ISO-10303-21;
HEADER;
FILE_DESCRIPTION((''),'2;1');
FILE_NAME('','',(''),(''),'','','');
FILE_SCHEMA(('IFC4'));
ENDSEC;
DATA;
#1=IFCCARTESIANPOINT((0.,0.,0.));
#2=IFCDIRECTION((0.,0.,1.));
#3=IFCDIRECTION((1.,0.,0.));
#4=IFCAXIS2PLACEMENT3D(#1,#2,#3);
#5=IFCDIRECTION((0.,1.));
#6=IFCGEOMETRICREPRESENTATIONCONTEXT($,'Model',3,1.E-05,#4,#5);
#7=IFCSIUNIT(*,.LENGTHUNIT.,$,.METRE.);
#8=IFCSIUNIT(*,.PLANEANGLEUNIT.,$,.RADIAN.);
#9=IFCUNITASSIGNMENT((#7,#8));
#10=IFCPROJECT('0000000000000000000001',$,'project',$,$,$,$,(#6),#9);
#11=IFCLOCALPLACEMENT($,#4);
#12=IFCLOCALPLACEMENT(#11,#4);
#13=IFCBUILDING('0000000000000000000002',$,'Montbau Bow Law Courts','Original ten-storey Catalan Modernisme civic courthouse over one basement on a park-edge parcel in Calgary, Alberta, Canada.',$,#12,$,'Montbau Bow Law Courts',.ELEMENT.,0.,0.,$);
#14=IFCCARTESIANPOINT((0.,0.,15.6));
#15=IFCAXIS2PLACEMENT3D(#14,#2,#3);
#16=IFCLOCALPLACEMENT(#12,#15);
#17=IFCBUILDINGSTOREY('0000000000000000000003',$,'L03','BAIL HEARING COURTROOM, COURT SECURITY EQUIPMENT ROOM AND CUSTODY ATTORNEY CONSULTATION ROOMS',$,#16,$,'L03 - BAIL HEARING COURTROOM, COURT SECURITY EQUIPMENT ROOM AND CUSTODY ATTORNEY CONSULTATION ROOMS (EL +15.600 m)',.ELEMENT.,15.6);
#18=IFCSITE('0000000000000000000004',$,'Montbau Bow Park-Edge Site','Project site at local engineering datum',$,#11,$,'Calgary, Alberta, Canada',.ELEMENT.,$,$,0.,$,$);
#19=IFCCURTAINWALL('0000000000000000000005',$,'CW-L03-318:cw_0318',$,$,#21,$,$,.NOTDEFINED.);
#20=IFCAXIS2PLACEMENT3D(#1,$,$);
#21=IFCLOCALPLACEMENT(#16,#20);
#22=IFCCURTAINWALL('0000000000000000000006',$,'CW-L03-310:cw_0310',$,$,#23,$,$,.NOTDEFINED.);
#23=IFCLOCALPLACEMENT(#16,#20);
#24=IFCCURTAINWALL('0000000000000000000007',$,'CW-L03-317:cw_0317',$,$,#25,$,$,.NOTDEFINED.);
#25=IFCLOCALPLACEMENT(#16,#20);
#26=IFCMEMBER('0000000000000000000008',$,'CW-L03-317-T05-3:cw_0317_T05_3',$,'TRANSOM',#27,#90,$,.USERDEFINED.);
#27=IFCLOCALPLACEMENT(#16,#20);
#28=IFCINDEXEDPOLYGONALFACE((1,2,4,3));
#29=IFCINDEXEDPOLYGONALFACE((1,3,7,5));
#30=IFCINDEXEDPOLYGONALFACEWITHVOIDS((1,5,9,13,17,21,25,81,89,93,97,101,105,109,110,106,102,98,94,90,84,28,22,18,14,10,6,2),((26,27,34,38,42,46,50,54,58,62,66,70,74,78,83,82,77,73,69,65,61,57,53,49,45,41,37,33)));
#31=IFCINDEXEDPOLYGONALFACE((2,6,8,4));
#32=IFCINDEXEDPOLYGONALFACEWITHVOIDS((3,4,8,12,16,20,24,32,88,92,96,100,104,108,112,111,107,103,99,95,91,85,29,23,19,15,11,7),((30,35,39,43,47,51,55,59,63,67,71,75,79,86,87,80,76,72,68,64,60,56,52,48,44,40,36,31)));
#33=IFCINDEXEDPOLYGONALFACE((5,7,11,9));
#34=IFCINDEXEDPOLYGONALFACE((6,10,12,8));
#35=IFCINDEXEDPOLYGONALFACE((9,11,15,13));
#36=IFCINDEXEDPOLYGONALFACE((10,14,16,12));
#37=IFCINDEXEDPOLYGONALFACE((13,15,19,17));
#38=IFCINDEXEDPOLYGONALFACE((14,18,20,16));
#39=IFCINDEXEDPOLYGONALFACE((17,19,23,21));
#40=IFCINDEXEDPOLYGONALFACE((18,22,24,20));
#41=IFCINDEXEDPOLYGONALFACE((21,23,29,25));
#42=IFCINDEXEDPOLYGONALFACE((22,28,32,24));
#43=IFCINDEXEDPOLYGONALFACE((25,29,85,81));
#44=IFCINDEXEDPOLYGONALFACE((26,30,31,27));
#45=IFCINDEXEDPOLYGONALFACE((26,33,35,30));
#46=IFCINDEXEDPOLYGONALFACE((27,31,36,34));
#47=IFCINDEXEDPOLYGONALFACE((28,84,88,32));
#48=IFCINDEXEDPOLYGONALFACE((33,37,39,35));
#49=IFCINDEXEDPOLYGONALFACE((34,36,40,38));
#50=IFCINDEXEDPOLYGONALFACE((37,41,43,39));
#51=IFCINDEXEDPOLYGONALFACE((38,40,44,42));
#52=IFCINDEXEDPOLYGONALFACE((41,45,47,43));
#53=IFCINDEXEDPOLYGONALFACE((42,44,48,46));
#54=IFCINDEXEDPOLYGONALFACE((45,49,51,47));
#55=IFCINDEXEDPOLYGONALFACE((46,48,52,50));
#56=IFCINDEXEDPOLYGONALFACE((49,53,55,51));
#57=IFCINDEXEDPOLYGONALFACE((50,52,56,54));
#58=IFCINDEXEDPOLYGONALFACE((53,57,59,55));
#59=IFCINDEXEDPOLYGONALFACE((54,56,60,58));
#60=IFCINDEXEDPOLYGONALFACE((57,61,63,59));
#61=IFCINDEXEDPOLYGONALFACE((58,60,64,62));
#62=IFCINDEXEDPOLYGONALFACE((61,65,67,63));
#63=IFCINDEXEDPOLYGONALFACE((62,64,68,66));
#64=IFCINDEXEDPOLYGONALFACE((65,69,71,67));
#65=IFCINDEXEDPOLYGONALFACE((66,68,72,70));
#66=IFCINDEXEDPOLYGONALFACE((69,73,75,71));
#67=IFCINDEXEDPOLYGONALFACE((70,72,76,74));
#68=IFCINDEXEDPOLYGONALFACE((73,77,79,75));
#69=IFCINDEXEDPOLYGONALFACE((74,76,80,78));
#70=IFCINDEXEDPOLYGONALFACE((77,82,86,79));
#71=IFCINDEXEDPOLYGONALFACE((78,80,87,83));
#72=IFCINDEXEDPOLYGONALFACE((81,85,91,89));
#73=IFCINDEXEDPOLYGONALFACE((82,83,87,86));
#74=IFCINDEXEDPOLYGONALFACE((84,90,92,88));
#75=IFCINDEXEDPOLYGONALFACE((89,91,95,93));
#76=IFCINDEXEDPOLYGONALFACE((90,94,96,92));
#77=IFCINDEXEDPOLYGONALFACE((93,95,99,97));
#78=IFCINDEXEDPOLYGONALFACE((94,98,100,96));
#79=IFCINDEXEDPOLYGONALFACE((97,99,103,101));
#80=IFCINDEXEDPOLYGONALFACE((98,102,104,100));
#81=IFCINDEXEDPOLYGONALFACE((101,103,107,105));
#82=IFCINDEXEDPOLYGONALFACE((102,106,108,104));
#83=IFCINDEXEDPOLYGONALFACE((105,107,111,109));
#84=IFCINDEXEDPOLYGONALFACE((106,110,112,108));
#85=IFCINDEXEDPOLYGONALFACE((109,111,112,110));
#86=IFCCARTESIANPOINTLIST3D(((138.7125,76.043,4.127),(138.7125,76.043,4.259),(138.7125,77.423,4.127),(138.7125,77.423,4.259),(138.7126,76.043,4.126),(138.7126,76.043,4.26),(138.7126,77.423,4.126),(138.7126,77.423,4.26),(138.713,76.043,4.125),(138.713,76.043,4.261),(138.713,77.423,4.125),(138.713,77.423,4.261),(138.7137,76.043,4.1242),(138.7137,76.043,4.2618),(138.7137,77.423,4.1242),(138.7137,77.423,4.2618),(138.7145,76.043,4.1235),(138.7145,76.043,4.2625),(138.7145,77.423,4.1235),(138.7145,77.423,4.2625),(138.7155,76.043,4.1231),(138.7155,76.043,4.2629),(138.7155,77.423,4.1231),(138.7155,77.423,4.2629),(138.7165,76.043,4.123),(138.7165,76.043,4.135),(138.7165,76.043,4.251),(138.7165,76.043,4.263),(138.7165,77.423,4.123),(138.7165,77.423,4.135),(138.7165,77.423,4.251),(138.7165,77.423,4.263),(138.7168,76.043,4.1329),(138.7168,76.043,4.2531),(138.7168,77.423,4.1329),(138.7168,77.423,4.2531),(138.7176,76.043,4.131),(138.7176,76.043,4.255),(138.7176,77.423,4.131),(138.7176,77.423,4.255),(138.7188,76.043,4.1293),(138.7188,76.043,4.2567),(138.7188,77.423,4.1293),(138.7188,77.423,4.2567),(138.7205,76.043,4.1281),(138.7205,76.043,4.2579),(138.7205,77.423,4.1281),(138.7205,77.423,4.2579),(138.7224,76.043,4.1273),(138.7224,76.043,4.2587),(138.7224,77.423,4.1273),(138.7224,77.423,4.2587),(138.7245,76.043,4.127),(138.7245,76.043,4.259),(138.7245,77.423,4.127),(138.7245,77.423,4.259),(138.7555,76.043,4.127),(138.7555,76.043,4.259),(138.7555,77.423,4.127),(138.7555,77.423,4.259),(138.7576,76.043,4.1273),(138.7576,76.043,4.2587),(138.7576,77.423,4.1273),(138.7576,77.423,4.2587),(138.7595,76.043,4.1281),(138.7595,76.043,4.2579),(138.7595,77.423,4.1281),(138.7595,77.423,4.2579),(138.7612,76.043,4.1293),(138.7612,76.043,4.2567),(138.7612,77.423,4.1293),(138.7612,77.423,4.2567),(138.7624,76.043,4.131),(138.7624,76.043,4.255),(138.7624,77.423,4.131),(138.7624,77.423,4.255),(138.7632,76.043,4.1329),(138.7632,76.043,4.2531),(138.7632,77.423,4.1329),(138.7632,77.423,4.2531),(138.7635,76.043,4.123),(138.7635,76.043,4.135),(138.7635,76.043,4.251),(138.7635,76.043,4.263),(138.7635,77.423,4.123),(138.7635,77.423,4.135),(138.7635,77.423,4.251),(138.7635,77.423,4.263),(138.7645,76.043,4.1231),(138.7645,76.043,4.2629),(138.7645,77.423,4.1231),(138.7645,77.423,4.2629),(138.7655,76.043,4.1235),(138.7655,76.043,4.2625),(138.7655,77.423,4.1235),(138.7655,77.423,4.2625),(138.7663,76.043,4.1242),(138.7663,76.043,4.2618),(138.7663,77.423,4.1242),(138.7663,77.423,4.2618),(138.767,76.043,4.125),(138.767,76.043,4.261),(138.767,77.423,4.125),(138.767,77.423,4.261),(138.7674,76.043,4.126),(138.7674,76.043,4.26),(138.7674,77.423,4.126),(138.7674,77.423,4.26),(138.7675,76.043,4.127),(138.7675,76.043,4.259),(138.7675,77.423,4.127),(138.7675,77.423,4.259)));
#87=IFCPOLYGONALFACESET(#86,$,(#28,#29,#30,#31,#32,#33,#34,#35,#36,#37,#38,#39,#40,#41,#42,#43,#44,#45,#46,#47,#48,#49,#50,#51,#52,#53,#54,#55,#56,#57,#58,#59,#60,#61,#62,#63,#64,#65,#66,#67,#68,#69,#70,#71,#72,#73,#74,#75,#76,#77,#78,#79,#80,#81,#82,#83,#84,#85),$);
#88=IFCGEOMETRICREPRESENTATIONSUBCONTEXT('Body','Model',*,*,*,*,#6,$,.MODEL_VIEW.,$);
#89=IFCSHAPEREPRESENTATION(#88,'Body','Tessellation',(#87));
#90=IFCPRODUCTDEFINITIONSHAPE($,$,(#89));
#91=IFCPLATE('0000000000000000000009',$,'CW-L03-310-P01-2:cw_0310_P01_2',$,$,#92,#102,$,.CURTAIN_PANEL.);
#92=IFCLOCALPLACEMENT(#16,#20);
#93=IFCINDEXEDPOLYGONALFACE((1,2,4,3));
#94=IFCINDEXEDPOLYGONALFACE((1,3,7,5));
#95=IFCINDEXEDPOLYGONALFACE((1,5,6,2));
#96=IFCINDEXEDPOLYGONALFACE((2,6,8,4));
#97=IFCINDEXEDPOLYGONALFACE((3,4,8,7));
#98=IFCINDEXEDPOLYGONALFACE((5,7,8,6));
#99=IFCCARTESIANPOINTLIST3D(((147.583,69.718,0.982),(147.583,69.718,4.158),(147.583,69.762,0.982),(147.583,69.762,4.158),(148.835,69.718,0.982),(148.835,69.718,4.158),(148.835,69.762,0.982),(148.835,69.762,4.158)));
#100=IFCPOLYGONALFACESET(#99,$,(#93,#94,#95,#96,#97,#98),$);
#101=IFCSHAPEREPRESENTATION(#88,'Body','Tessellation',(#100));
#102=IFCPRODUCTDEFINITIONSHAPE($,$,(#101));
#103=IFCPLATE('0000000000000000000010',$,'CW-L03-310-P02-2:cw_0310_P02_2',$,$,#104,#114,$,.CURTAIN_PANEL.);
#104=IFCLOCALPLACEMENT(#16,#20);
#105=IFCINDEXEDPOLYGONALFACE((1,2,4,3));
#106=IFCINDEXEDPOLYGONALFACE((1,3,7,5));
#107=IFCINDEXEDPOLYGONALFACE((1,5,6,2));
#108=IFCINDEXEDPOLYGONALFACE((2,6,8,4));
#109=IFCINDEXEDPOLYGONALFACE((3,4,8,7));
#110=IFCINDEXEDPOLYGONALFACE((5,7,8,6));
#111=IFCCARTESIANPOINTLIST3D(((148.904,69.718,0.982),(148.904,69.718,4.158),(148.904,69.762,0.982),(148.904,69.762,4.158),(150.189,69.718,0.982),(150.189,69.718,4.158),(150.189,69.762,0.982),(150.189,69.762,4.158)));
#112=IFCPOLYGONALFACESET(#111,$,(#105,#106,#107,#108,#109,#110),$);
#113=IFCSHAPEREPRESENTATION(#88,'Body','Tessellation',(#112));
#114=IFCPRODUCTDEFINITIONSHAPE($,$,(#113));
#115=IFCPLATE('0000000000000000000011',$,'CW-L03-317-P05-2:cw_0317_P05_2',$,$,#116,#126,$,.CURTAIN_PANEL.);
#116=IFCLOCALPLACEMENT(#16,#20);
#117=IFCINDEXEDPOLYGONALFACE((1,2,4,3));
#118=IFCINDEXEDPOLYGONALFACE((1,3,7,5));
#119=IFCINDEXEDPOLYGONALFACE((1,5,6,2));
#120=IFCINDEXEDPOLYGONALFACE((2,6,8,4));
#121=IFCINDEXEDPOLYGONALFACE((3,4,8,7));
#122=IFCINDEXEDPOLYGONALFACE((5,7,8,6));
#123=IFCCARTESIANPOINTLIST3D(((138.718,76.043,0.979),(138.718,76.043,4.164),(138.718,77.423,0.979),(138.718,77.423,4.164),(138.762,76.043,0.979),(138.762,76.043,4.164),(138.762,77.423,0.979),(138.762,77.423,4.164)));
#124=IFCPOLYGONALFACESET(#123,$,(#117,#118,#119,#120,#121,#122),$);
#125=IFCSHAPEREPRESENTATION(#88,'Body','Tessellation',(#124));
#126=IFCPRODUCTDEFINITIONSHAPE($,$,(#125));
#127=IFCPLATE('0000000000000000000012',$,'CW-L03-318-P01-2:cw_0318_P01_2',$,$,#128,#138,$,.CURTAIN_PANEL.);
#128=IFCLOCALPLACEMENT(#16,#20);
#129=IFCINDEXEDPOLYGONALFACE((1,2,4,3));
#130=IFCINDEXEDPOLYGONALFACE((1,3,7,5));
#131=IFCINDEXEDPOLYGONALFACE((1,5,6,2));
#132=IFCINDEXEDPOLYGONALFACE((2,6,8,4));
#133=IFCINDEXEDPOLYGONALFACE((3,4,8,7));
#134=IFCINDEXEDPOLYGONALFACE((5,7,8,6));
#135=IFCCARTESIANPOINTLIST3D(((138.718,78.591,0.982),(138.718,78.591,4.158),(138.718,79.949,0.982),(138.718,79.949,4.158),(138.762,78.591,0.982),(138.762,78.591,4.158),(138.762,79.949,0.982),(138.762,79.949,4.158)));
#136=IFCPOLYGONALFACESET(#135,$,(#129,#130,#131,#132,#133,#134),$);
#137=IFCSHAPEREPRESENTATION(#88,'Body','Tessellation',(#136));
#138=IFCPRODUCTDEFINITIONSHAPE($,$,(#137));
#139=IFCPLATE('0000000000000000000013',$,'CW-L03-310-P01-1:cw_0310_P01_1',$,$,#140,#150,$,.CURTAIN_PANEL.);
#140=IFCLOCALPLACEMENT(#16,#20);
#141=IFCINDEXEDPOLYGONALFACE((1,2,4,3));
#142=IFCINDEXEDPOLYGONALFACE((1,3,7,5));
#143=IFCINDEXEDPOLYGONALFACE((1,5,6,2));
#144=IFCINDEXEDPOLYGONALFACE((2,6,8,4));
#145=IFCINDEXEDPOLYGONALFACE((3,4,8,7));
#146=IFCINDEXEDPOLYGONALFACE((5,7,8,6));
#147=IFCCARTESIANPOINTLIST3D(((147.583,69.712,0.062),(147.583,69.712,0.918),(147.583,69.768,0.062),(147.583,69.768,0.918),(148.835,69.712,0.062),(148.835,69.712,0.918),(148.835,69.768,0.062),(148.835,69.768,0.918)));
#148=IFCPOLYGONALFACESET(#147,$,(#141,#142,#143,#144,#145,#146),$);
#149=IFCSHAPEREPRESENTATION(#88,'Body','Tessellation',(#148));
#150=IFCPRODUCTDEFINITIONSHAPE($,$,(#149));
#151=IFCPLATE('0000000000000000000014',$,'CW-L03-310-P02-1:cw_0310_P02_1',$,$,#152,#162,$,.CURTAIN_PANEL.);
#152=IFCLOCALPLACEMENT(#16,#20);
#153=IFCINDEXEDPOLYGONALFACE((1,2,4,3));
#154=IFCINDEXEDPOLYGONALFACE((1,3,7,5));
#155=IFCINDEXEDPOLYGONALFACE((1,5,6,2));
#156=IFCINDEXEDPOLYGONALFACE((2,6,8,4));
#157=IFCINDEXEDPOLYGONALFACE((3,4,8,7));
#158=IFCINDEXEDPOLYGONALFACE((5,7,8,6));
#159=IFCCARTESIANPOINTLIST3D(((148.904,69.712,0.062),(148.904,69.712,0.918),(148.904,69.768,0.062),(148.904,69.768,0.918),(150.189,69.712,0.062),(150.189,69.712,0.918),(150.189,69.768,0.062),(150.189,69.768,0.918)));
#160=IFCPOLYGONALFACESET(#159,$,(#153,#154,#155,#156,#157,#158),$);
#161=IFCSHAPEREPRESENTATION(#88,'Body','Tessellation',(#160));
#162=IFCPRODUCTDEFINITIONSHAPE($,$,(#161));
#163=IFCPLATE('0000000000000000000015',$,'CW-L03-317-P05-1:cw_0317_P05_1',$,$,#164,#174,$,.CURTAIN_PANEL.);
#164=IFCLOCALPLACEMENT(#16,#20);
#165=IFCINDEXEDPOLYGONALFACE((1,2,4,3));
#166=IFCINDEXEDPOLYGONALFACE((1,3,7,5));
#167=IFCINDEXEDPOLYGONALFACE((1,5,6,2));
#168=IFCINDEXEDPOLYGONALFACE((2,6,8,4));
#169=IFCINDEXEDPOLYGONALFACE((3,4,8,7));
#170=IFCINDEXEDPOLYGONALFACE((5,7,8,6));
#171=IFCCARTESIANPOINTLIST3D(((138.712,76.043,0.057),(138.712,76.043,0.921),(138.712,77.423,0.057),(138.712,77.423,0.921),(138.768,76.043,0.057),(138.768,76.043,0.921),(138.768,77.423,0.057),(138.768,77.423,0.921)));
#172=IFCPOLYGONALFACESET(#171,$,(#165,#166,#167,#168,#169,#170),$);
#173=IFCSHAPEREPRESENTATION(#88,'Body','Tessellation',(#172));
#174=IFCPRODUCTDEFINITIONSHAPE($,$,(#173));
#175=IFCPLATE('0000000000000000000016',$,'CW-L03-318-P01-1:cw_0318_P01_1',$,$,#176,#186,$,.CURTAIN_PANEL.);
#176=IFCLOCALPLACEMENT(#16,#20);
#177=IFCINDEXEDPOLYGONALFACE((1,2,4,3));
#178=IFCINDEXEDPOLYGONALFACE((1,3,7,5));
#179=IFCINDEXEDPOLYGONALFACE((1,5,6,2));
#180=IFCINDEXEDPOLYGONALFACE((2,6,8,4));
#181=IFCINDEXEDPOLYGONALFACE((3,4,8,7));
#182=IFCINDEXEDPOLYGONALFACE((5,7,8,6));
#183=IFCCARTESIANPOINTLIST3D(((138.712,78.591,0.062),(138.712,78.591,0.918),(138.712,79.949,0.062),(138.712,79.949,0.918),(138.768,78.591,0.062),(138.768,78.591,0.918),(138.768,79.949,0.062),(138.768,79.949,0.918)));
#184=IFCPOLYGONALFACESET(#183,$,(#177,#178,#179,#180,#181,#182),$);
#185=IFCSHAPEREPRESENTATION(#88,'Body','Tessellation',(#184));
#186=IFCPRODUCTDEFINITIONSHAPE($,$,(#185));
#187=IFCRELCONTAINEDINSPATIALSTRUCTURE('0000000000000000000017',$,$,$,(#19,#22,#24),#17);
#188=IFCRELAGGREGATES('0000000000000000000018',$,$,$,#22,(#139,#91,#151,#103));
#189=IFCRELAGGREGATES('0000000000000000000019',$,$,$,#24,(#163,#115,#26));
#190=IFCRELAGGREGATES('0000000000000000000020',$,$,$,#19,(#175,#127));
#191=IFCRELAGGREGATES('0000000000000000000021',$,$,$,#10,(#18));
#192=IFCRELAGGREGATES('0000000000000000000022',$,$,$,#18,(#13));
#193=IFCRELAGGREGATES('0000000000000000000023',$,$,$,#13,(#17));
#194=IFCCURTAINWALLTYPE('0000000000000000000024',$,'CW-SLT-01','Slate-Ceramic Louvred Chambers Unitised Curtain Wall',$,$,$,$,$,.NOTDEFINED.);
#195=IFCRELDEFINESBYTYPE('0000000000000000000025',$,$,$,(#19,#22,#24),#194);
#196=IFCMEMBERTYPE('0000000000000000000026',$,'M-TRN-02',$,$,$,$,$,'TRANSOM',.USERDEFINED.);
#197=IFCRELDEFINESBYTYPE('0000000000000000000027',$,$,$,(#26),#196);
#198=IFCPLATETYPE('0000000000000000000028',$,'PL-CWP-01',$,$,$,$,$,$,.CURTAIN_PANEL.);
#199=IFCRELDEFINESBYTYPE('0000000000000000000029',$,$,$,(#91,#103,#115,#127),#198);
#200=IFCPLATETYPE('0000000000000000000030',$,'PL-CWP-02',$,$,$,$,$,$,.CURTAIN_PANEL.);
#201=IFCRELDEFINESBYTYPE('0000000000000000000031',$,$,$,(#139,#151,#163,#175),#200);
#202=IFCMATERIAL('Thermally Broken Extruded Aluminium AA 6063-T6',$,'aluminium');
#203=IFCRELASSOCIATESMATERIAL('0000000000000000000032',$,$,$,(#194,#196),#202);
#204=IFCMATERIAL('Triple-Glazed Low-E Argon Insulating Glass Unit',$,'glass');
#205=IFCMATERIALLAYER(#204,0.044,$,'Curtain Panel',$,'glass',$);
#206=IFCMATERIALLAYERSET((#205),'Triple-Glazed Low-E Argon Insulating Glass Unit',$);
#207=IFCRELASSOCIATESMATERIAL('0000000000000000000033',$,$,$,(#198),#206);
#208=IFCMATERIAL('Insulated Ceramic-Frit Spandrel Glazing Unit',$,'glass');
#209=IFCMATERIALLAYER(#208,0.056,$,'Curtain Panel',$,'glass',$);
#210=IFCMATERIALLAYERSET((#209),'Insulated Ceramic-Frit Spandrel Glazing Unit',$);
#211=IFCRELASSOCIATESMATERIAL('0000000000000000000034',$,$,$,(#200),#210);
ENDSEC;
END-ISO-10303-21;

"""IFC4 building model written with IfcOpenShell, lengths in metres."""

from ifc_helpers import new_model, si_unit, direction, frame, frame_2d, origin_with_axes, origin_2d_with_axis, place, context, subcontext, project, spatial, rectangle, hollow_rectangle, extrude, material, layer, layer_set, material_profile, profile_set, type_object, element, aggregate, save


model = new_model("IFC4")

# Units and contexts
model_context = context("Model", 3, precision=1e-05, world=origin_with_axes(), true_north=direction((0.0, 1.0)))
body_context = subcontext(model_context, "Body", "Model", "MODEL_VIEW")
ifc_project = project(units=[si_unit("LENGTHUNIT", "METRE"), si_unit("PLANEANGLEUNIT", "RADIAN")], contexts=[model_context])

# Site, building, storey
site_placement = place(None, origin_with_axes())
site = spatial("IfcSite", under=ifc_project, at=site_placement, Name="Montbau Bow Park-Edge Site", Description="Project site at local engineering datum", LongName="Calgary, Alberta, Canada", CompositionType="ELEMENT", RefElevation=0.0)
building_placement = place(site_placement, origin_with_axes())
building = spatial("IfcBuilding", under=site, at=building_placement, Name="Montbau Bow Law Courts", Description="Original ten-storey Catalan Modernisme civic courthouse over one basement on a park-edge parcel in Calgary, Alberta, Canada.", LongName="Montbau Bow Law Courts", CompositionType="ELEMENT", ElevationOfRefHeight=0.0, ElevationOfTerrain=0.0)
storey_placement = place(building_placement, frame((0.0, 0.0, 15.6), z_axis=(0.0, 0.0, 1.0), x_axis=(1.0, 0.0, 0.0)))
storey = spatial("IfcBuildingStorey", under=building, at=storey_placement, Name="L03", Description="BAIL HEARING COURTROOM, COURT SECURITY EQUIPMENT ROOM AND CUSTODY ATTORNEY CONSULTATION ROOMS", LongName="L03 - BAIL HEARING COURTROOM, COURT SECURITY EQUIPMENT ROOM AND CUSTODY ATTORNEY CONSULTATION ROOMS (EL +15.600 m)", CompositionType="ELEMENT", Elevation=15.6)

# Curtain wall
ifc_material_1 = material(Name="Thermally Broken Extruded Aluminium AA 6063-T6", Category="aluminium")
curtain_wall_type = type_object("IfcCurtainWallType", Name="CW-SLT-01", Description="Slate-Ceramic Louvred Chambers Unitised Curtain Wall", PredefinedType="NOTDEFINED", material=ifc_material_1)
curtain_wall_1_placement = place(None, frame((138.74, 78.515, 15.6), z_axis=(0.0, 0.0, 1.0), x_axis=(1.0, 0.0, 0.0)))
curtain_wall_1 = element("IfcCurtainWall", 1, at=curtain_wall_1_placement, inside=storey, type_object=curtain_wall_type, Name="CW-L03-318:cw_0318", PredefinedType="NOTDEFINED")

# Curtain walls
curtain_wall_2_placement = place(None, frame((147.515, 69.74, 15.6), z_axis=(0.0, 0.0, 1.0), x_axis=(1.0, 0.0, 0.0)))
curtain_wall_2 = element("IfcCurtainWall", 2, at=curtain_wall_2_placement, inside=storey, type_object=curtain_wall_type, Name="CW-L03-310:cw_0310", PredefinedType="NOTDEFINED")
curtain_wall_3_placement = place(None, frame((138.74, 70.115, 15.6), z_axis=(0.0, 0.0, 1.0), x_axis=(1.0, 0.0, 0.0)))
curtain_wall_3 = element("IfcCurtainWall", 3, at=curtain_wall_3_placement, inside=storey, type_object=curtain_wall_type, Name="CW-L03-317:cw_0317", PredefinedType="NOTDEFINED")

# Member
ifc_material_profile_1 = material_profile(ifc_material_1, hollow_rectangle(XDim=0.055, YDim=0.14, WallThickness=0.004, InnerFilletRadius=0.008, OuterFilletRadius=0.004, at=origin_2d_with_axis()), Name="CWT-140X55", Category="Main", Priority=0)
ifc_profile_set_1 = profile_set([ifc_material_profile_1], Name="Thermally Broken Extruded Aluminium AA 6063-T6")
member_type_1 = type_object("IfcMemberType", Name="M-TRN-02", ElementType="TRANSOM", PredefinedType="USERDEFINED", material=ifc_profile_set_1)
member_1_placement = place(None, frame((138.74, 76.043, 19.793), z_axis=(0.0, 1.0, 0.0), x_axis=(-1.0, 0.0, 0.0)))
member_1 = element("IfcMember", 4, at=member_1_placement, type_object=member_type_1, Name="CW-L03-317-T05-3:cw_0317_T05_3", ObjectType="TRANSOM", PredefinedType="USERDEFINED", context=body_context, shape_type="SweptSolid", body=[
    extrude(hollow_rectangle(XDim=0.055, YDim=0.14, WallThickness=0.004, InnerFilletRadius=0.008, OuterFilletRadius=0.004, at=origin_2d_with_axis()), origin_with_axes(), (0.0, 0.0, 1.0), 1.38),
])

# Plates
ifc_material_2 = material(Name="Triple-Glazed Low-E Argon Insulating Glass Unit", Category="glass")
ifc_layer_1 = layer(ifc_material_2, 0.044, Name="Curtain Panel", Category="glass")
ifc_layer_set_1 = layer_set([ifc_layer_1], Name="Triple-Glazed Low-E Argon Insulating Glass Unit")
plate_type_1 = type_object("IfcPlateType", Name="PL-CWP-01", PredefinedType="CURTAIN_PANEL", material=ifc_layer_set_1)
plate_1_placement = place(None, frame((147.583, 69.74, 16.582), z_axis=(0.0, -1.0, 0.0), x_axis=(1.0, 0.0, 0.0)))
plate_1 = element("IfcPlate", 5, at=plate_1_placement, type_object=plate_type_1, Name="CW-L03-310-P01-2:cw_0310_P01_2", PredefinedType="CURTAIN_PANEL", context=body_context, shape_type="SweptSolid", body=[
    extrude(rectangle(XDim=1.252, YDim=3.176, at=frame_2d((0.626, 1.588), x_axis=(1.0, 0.0))), frame((0.0, 0.0, -0.022), z_axis=(0.0, 0.0, 1.0), x_axis=(1.0, 0.0, 0.0)), (0.0, 0.0, 1.0), 0.044),
])
plate_2_placement = place(None, frame((148.904, 69.74, 16.582), z_axis=(0.0, -1.0, 0.0), x_axis=(1.0, 0.0, 0.0)))
plate_2 = element("IfcPlate", 6, at=plate_2_placement, type_object=plate_type_1, Name="CW-L03-310-P02-2:cw_0310_P02_2", PredefinedType="CURTAIN_PANEL", context=body_context, shape_type="SweptSolid", body=[
    extrude(rectangle(XDim=1.285, YDim=3.176, at=frame_2d((0.6425, 1.588), x_axis=(1.0, 0.0))), frame((0.0, 0.0, -0.022), z_axis=(0.0, 0.0, 1.0), x_axis=(1.0, 0.0, 0.0)), (0.0, 0.0, 1.0), 0.044),
])
plate_3_placement = place(None, frame((138.74, 76.043, 16.579), z_axis=(1.0, 0.0, 0.0), x_axis=(0.0, 1.0, 0.0)))
plate_3 = element("IfcPlate", 7, at=plate_3_placement, type_object=plate_type_1, Name="CW-L03-317-P05-2:cw_0317_P05_2", PredefinedType="CURTAIN_PANEL", context=body_context, shape_type="SweptSolid", body=[
    extrude(rectangle(XDim=1.38, YDim=3.185, at=frame_2d((0.69, 1.5925), x_axis=(1.0, 0.0))), frame((0.0, 0.0, -0.022), z_axis=(0.0, 0.0, 1.0), x_axis=(1.0, 0.0, 0.0)), (0.0, 0.0, 1.0), 0.044),
])
plate_4_placement = place(None, frame((138.74, 78.591, 16.582), z_axis=(1.0, 0.0, 0.0), x_axis=(0.0, 1.0, 0.0)))
plate_4 = element("IfcPlate", 8, at=plate_4_placement, type_object=plate_type_1, Name="CW-L03-318-P01-2:cw_0318_P01_2", PredefinedType="CURTAIN_PANEL", context=body_context, shape_type="SweptSolid", body=[
    extrude(rectangle(XDim=1.358, YDim=3.176, at=frame_2d((0.679, 1.588), x_axis=(1.0, 0.0))), frame((0.0, 0.0, -0.022), z_axis=(0.0, 0.0, 1.0), x_axis=(1.0, 0.0, 0.0)), (0.0, 0.0, 1.0), 0.044),
])
ifc_material_3 = material(Name="Insulated Ceramic-Frit Spandrel Glazing Unit", Category="glass")
ifc_layer_2 = layer(ifc_material_3, 0.056, Name="Curtain Panel", Category="glass")
ifc_layer_set_2 = layer_set([ifc_layer_2], Name="Insulated Ceramic-Frit Spandrel Glazing Unit")
plate_type_2 = type_object("IfcPlateType", Name="PL-CWP-02", PredefinedType="CURTAIN_PANEL", material=ifc_layer_set_2)
plate_5_placement = place(None, frame((147.583, 69.74, 15.662), z_axis=(0.0, -1.0, 0.0), x_axis=(1.0, 0.0, 0.0)))
plate_5 = element("IfcPlate", 9, at=plate_5_placement, type_object=plate_type_2, Name="CW-L03-310-P01-1:cw_0310_P01_1", PredefinedType="CURTAIN_PANEL", context=body_context, shape_type="SweptSolid", body=[
    extrude(rectangle(XDim=1.252, YDim=0.856, at=frame_2d((0.626, 0.428), x_axis=(1.0, 0.0))), frame((0.0, 0.0, -0.028), z_axis=(0.0, 0.0, 1.0), x_axis=(1.0, 0.0, 0.0)), (0.0, 0.0, 1.0), 0.056),
])
plate_6_placement = place(None, frame((148.904, 69.74, 15.662), z_axis=(0.0, -1.0, 0.0), x_axis=(1.0, 0.0, 0.0)))
plate_6 = element("IfcPlate", 10, at=plate_6_placement, type_object=plate_type_2, Name="CW-L03-310-P02-1:cw_0310_P02_1", PredefinedType="CURTAIN_PANEL", context=body_context, shape_type="SweptSolid", body=[
    extrude(rectangle(XDim=1.285, YDim=0.856, at=frame_2d((0.6425, 0.428), x_axis=(1.0, 0.0))), frame((0.0, 0.0, -0.028), z_axis=(0.0, 0.0, 1.0), x_axis=(1.0, 0.0, 0.0)), (0.0, 0.0, 1.0), 0.056),
])
aggregate(curtain_wall_2, [plate_5, plate_1, plate_6, plate_2])
plate_7_placement = place(None, frame((138.74, 76.043, 15.657), z_axis=(1.0, 0.0, 0.0), x_axis=(0.0, 1.0, 0.0)))
plate_7 = element("IfcPlate", 11, at=plate_7_placement, type_object=plate_type_2, Name="CW-L03-317-P05-1:cw_0317_P05_1", PredefinedType="CURTAIN_PANEL", context=body_context, shape_type="SweptSolid", body=[
    extrude(rectangle(XDim=1.38, YDim=0.864, at=frame_2d((0.69, 0.432), x_axis=(1.0, 0.0))), frame((0.0, 0.0, -0.028), z_axis=(0.0, 0.0, 1.0), x_axis=(1.0, 0.0, 0.0)), (0.0, 0.0, 1.0), 0.056),
])
aggregate(curtain_wall_3, [plate_7, plate_3, member_1])
plate_8_placement = place(None, frame((138.74, 78.591, 15.662), z_axis=(1.0, 0.0, 0.0), x_axis=(0.0, 1.0, 0.0)))
plate_8 = element("IfcPlate", 12, at=plate_8_placement, type_object=plate_type_2, Name="CW-L03-318-P01-1:cw_0318_P01_1", PredefinedType="CURTAIN_PANEL", context=body_context, shape_type="SweptSolid", body=[
    extrude(rectangle(XDim=1.358, YDim=0.856, at=frame_2d((0.679, 0.428), x_axis=(1.0, 0.0))), frame((0.0, 0.0, -0.028), z_axis=(0.0, 0.0, 1.0), x_axis=(1.0, 0.0, 0.0)), (0.0, 0.0, 1.0), 0.056),
])
aggregate(curtain_wall_1, [plate_8, plate_4])

save(model, "model.ifc")
